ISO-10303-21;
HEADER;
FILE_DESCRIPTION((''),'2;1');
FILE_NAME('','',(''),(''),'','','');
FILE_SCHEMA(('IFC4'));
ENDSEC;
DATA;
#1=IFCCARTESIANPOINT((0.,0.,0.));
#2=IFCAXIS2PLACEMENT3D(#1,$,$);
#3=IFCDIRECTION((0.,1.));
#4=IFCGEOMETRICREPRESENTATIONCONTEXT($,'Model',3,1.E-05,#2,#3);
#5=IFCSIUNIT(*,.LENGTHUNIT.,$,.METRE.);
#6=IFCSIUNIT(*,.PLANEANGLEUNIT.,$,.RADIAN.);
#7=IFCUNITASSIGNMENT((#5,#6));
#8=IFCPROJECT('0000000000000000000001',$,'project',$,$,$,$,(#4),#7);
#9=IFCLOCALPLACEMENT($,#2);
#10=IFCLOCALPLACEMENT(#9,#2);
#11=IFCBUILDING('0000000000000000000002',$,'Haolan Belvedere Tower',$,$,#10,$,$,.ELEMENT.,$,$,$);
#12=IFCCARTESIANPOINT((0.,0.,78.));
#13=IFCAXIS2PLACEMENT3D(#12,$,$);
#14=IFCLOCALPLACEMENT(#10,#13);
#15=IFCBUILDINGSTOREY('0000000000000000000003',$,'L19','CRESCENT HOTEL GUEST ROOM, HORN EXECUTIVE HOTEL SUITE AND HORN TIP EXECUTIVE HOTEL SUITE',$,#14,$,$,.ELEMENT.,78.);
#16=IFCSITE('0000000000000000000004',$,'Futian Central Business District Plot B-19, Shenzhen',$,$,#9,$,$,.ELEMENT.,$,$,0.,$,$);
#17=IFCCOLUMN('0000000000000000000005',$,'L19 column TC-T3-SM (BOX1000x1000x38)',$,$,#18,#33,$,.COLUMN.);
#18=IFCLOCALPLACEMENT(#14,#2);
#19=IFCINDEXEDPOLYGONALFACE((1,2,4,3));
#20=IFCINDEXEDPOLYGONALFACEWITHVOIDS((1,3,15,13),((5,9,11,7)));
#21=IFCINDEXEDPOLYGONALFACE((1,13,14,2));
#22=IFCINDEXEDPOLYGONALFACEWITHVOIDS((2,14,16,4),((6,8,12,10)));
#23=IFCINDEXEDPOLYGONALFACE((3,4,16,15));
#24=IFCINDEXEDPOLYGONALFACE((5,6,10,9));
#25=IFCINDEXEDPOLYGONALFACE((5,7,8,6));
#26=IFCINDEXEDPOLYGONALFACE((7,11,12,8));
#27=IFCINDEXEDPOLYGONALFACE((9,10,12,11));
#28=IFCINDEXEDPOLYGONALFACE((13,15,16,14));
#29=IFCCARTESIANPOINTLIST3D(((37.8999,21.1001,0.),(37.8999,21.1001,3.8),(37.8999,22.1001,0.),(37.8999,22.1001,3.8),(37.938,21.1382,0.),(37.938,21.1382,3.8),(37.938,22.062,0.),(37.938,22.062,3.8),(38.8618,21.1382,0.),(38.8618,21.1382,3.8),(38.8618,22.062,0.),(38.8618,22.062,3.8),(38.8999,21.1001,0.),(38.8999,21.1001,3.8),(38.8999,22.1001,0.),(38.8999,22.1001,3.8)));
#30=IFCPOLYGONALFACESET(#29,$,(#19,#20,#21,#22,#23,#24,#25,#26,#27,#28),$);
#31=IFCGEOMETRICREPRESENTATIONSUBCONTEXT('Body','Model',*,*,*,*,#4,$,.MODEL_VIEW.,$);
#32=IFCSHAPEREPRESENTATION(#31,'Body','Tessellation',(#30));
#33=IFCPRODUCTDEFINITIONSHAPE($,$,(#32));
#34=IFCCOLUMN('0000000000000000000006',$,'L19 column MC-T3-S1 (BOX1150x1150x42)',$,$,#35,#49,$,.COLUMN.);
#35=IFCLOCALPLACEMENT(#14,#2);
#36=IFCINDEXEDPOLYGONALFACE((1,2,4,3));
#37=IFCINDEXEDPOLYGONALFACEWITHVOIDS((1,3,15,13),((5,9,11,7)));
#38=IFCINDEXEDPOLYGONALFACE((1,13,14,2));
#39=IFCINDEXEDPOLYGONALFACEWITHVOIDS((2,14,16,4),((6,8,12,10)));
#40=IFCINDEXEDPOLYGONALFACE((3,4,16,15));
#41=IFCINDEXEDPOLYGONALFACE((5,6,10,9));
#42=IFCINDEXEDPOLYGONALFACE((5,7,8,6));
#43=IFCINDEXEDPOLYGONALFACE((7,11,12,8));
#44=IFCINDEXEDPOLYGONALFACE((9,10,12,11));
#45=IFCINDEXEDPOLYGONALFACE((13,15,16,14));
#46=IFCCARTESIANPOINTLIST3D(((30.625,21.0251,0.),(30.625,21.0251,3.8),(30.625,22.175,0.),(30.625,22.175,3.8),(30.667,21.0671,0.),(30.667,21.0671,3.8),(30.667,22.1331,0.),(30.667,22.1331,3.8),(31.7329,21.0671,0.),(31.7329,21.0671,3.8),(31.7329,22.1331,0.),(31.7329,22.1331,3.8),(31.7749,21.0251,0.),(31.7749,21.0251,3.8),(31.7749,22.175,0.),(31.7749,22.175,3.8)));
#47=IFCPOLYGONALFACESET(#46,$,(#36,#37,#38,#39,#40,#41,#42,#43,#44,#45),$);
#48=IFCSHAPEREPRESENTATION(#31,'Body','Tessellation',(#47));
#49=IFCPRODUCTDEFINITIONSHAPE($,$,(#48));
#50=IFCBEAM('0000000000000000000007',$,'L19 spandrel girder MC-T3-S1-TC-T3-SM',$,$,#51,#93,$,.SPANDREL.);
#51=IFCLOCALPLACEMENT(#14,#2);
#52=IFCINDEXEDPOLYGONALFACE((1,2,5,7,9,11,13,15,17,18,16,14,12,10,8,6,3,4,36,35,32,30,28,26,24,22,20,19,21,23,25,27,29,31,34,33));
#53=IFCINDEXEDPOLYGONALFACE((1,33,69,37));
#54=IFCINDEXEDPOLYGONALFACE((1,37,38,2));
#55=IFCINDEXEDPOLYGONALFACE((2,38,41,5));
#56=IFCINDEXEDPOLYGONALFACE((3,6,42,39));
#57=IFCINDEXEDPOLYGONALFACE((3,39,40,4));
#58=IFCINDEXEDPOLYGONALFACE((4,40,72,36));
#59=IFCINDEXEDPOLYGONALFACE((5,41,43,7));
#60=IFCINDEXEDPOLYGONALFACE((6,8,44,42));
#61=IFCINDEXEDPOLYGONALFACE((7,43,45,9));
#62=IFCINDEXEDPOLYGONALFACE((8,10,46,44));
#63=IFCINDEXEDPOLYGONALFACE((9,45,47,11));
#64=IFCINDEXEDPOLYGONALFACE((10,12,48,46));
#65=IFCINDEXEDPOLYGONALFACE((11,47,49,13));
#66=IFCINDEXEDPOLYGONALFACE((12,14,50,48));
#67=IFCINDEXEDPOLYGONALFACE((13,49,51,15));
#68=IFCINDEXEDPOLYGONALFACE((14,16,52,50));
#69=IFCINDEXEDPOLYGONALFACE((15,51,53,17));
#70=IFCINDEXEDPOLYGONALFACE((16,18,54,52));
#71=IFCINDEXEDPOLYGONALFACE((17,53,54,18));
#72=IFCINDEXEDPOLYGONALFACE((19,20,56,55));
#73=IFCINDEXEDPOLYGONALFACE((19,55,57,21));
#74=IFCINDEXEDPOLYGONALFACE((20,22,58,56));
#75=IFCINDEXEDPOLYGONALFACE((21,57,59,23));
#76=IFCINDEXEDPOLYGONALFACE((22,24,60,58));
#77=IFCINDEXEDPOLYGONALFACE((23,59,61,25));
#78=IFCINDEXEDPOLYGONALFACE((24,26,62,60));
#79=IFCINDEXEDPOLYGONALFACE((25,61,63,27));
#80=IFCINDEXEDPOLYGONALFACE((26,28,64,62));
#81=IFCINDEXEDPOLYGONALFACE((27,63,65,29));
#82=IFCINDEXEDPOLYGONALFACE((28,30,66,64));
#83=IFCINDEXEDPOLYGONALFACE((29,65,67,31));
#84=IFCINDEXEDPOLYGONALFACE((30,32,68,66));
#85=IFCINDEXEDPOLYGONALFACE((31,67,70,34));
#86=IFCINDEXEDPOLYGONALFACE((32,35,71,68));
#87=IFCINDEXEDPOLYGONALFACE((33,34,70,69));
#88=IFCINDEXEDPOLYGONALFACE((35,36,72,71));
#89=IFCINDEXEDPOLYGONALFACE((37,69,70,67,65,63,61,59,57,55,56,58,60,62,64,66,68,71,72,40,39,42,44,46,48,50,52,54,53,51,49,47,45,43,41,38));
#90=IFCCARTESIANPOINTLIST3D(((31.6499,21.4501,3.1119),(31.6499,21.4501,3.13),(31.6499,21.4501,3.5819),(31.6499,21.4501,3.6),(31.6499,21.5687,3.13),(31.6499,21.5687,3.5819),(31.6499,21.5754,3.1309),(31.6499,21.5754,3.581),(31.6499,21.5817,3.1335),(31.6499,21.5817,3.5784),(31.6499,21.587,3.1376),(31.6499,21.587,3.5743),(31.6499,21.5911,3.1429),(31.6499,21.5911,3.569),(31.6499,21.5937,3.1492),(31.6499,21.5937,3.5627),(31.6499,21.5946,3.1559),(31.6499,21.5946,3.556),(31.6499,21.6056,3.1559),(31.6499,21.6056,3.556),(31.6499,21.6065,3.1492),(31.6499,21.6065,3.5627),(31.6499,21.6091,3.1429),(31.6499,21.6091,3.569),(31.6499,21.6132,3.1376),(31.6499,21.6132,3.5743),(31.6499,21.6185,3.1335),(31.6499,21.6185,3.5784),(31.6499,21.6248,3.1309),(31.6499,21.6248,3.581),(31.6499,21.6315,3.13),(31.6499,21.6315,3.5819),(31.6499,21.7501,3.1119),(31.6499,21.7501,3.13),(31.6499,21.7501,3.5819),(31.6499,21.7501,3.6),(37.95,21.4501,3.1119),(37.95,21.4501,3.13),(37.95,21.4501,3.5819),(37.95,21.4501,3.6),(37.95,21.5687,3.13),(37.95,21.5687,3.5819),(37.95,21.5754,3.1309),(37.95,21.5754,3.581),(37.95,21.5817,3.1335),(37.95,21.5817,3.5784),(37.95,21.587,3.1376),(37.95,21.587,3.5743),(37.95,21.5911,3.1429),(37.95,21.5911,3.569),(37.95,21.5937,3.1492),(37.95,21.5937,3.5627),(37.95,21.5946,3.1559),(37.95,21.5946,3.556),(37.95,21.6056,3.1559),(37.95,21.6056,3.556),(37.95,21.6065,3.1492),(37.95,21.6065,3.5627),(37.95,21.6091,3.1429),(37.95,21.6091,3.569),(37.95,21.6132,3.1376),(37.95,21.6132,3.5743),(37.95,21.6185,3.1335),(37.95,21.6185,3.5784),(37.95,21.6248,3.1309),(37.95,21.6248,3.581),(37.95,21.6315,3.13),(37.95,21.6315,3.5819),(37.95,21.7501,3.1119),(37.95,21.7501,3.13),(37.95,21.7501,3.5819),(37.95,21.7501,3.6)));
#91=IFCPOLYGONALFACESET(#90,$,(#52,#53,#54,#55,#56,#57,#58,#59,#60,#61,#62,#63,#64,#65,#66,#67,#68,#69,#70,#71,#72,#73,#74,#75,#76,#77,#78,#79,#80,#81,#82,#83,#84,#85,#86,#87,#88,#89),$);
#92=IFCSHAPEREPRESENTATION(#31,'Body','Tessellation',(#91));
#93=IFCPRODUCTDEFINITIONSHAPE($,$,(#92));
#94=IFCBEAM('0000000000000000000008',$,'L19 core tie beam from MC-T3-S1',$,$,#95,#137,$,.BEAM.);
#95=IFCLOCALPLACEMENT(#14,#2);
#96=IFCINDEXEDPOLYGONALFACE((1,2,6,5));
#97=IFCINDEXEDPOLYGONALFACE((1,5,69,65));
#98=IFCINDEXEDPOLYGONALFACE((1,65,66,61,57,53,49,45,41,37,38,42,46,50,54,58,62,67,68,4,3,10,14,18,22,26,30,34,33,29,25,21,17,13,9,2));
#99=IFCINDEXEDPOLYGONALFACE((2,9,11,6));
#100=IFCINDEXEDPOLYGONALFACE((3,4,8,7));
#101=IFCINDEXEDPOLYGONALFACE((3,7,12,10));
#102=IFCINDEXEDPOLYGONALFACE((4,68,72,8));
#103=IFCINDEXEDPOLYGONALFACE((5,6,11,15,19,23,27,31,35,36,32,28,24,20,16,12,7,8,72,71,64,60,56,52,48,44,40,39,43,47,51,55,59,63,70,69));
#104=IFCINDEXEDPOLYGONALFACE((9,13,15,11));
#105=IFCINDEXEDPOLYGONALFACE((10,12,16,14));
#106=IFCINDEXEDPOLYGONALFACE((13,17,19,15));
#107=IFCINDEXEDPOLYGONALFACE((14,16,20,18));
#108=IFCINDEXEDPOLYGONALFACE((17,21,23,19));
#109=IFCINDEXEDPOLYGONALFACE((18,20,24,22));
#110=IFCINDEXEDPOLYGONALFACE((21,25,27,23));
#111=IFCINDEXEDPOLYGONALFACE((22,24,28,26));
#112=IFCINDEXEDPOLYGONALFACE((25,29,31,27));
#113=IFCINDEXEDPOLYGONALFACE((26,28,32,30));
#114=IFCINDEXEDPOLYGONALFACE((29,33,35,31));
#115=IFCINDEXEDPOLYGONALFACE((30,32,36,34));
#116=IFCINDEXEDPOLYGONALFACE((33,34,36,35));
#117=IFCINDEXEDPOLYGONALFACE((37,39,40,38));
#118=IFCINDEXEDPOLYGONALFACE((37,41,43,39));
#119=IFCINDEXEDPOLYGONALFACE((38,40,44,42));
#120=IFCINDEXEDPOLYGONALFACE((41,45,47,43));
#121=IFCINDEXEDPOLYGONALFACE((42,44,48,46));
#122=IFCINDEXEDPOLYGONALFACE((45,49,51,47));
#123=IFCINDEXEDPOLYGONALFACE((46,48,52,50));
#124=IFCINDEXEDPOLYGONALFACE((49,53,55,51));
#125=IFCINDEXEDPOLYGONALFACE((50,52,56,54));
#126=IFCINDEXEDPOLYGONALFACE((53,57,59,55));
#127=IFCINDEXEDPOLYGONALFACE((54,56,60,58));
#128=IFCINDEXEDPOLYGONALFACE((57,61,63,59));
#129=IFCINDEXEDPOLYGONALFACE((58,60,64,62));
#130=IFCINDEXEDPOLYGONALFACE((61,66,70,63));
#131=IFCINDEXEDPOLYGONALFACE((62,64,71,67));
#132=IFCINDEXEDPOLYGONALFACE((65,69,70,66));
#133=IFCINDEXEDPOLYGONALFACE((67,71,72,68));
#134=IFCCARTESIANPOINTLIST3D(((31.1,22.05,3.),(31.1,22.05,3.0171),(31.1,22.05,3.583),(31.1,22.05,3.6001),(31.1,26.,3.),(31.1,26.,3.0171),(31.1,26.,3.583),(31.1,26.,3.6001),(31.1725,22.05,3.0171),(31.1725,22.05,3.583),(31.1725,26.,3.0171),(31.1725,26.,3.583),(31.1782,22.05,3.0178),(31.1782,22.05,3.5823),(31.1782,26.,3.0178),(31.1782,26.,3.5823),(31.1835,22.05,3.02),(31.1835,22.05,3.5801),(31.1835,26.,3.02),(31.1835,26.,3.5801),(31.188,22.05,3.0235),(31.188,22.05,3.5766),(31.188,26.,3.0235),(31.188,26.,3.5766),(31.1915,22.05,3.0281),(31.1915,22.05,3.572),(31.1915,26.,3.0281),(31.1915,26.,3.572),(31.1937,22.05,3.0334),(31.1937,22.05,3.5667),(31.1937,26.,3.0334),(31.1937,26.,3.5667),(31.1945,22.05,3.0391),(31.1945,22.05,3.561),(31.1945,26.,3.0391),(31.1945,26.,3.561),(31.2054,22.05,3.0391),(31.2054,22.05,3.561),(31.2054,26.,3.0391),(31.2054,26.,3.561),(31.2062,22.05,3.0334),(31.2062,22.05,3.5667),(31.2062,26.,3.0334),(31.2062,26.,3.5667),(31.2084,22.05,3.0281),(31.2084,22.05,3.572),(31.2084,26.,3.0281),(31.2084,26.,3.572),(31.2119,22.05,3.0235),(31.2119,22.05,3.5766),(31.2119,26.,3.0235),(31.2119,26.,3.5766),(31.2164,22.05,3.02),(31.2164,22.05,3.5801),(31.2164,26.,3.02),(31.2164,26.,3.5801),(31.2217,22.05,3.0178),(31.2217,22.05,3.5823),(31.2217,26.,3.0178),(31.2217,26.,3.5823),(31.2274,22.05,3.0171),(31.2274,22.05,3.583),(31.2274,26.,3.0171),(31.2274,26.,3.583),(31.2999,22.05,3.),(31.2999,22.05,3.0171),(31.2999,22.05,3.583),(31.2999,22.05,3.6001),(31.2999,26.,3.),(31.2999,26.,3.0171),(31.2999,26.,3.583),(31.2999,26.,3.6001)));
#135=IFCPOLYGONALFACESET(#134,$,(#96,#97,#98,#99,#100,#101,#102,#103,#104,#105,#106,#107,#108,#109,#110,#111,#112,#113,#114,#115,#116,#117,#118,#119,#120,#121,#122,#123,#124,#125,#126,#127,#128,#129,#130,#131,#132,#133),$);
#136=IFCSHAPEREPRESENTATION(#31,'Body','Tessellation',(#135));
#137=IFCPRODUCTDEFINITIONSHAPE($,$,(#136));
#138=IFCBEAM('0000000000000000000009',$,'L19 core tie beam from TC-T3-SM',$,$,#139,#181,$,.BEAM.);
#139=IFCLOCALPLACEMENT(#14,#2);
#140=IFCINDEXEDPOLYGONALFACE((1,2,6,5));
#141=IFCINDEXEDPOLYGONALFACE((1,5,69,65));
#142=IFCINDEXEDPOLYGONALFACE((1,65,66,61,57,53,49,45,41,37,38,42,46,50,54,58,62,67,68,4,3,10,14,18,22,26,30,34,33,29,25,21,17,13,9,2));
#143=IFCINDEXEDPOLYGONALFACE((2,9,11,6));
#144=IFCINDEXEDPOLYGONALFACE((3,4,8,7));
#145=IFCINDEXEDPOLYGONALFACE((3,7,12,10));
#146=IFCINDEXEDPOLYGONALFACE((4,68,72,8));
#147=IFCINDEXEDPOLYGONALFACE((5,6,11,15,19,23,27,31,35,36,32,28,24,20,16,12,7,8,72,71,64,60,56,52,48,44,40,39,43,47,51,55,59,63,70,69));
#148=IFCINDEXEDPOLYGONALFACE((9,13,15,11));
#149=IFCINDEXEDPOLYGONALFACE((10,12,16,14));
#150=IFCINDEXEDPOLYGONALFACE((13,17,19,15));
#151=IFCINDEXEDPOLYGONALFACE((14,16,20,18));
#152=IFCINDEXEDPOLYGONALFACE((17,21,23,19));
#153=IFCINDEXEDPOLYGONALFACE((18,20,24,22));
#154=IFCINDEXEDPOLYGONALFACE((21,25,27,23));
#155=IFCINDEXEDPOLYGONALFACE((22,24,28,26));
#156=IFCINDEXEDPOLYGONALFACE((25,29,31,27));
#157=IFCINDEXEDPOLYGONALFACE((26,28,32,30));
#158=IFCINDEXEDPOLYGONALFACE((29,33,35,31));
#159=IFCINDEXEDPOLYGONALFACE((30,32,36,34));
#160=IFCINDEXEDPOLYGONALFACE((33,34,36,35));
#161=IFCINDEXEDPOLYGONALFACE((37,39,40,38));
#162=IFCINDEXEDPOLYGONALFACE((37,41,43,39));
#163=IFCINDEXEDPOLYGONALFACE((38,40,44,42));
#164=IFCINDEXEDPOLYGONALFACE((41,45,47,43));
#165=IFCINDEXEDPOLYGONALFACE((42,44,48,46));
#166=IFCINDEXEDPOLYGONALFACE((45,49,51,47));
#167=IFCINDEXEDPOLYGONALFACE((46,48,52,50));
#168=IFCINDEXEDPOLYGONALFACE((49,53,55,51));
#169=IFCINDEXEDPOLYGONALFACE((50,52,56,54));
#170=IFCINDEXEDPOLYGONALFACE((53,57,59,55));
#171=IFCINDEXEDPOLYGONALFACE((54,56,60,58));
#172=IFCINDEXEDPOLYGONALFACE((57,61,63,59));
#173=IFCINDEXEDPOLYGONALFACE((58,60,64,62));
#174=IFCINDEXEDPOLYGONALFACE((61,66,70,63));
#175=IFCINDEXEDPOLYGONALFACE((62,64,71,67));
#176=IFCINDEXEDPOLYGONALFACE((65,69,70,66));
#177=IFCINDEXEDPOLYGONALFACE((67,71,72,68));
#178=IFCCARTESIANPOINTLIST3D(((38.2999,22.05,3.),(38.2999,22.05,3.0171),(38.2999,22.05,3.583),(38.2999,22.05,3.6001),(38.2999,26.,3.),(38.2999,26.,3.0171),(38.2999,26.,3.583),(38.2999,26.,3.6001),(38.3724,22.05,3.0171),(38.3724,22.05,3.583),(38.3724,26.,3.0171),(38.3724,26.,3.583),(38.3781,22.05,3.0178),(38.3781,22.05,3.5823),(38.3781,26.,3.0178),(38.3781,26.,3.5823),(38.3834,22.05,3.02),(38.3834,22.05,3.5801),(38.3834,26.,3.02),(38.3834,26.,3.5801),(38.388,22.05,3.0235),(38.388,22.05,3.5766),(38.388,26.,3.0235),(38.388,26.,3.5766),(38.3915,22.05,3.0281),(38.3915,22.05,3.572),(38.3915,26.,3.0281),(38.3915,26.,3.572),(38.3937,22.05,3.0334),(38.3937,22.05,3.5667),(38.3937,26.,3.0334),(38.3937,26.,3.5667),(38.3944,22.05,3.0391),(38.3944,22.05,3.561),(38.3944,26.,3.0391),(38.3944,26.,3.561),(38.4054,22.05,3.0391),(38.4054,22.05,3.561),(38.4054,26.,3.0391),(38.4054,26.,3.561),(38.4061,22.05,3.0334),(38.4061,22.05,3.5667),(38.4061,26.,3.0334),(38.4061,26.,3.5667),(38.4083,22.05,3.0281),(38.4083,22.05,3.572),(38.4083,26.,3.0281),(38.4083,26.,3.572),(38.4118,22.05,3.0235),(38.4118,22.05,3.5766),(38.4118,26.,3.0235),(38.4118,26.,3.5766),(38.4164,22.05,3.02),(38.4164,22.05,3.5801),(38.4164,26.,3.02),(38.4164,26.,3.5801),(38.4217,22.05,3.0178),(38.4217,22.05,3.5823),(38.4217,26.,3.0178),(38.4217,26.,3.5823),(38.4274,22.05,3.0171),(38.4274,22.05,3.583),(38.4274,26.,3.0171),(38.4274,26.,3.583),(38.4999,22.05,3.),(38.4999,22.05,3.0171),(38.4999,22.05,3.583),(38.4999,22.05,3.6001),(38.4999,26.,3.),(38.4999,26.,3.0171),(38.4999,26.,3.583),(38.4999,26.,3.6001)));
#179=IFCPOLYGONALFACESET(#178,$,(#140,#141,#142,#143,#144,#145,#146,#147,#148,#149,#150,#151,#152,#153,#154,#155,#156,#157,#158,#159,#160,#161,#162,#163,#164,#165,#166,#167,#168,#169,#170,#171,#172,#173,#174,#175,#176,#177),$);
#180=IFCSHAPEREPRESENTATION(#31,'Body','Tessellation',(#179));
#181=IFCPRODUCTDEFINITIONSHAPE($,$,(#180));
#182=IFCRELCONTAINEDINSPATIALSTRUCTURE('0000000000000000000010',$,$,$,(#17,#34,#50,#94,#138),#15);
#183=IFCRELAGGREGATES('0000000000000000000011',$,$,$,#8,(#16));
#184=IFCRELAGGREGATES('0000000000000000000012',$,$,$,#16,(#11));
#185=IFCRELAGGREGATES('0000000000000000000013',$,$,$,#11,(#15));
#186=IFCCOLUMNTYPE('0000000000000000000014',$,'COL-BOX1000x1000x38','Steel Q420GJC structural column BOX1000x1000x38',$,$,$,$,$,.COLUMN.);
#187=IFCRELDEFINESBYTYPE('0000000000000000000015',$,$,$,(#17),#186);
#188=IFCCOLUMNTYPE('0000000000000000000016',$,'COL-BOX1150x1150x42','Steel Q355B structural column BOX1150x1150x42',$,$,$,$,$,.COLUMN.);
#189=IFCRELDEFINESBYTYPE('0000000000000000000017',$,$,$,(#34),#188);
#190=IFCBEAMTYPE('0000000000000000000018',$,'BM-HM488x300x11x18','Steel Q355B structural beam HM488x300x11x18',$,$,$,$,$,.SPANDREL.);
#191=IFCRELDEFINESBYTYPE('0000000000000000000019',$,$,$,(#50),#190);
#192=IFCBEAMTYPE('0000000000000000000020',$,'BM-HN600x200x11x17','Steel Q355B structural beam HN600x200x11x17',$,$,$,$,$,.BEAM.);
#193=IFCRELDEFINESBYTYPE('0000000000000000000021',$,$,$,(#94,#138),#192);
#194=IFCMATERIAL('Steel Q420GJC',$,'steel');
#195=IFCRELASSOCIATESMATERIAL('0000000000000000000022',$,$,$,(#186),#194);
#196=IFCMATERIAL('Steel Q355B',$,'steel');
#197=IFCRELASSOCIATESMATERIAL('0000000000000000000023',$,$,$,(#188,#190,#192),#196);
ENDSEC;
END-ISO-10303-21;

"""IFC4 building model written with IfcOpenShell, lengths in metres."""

from ifc_helpers import new_model, si_unit, direction, frame, origin, origin_2d, place, context, subcontext, project, spatial, hollow_rectangle, i_section, extrude, material, material_profile, profile_set, type_object, element, save


model = new_model("IFC4")

# Units and contexts
model_context = context("Model", 3, precision=1e-05, world=origin(), true_north=direction((0.0, 1.0)))
body_context = subcontext(model_context, "Body", "Model", "MODEL_VIEW")
ifc_project = project(units=[si_unit("LENGTHUNIT", "METRE"), si_unit("PLANEANGLEUNIT", "RADIAN")], contexts=[model_context])

# Site, building, storey
site_placement = place(None, origin())
site = spatial("IfcSite", under=ifc_project, at=site_placement, Name="Futian Central Business District Plot B-19, Shenzhen", CompositionType="ELEMENT", RefElevation=0.0)
building_placement = place(site_placement, origin())
building = spatial("IfcBuilding", under=site, at=building_placement, Name="Haolan Belvedere Tower", CompositionType="ELEMENT")
storey_placement = place(building_placement, frame((0.0, 0.0, 78.0)))
storey = spatial("IfcBuildingStorey", under=building, at=storey_placement, Name="L19", Description="CRESCENT HOTEL GUEST ROOM, HORN EXECUTIVE HOTEL SUITE AND HORN TIP EXECUTIVE HOTEL SUITE", CompositionType="ELEMENT", Elevation=78.0)

# Columns
ifc_material_1 = material(Name="Steel Q420GJC", Category="steel")
ifc_material_profile_1 = material_profile(ifc_material_1, hollow_rectangle(XDim=1.0, YDim=1.0, WallThickness=0.0381, at=origin_2d()), Name="Steel Q420GJC")
ifc_profile_set_1 = profile_set([ifc_material_profile_1], Name="Steel Q420GJC")
column_type_1 = type_object("IfcColumnType", Name="COL-BOX1000x1000x38", Description="Steel Q420GJC structural column BOX1000x1000x38", PredefinedType="COLUMN", material=ifc_profile_set_1)
column_1_placement = place(storey_placement, frame((38.3999, 21.6001, 0.0), z_axis=(0.0, 0.0, 1.0), x_axis=(1.0, 0.0, 0.0)))
element("IfcColumn", 1, at=column_1_placement, inside=storey, type_object=column_type_1, Name="L19 column TC-T3-SM (BOX1000x1000x38)", PredefinedType="COLUMN", context=body_context, shape_type="SweptSolid", body=[
    extrude(hollow_rectangle(XDim=1.0, YDim=1.0, WallThickness=0.0381, at=origin_2d()), origin(), (0.0, 0.0, 1.0), 3.8),
])
ifc_material_2 = material(Name="Steel Q355B", Category="steel")
ifc_material_profile_2 = material_profile(ifc_material_2, hollow_rectangle(XDim=1.1499, YDim=1.1499, WallThickness=0.042, at=origin_2d()), Name="Steel Q355B")
ifc_profile_set_2 = profile_set([ifc_material_profile_2], Name="Steel Q355B")
column_type_2 = type_object("IfcColumnType", Name="COL-BOX1150x1150x42", Description="Steel Q355B structural column BOX1150x1150x42", PredefinedType="COLUMN", material=ifc_profile_set_2)
column_2_placement = place(storey_placement, frame((31.2, 21.6001, 0.0), z_axis=(0.0, 0.0, 1.0), x_axis=(1.0, 0.0, 0.0)))
element("IfcColumn", 2, at=column_2_placement, inside=storey, type_object=column_type_2, Name="L19 column MC-T3-S1 (BOX1150x1150x42)", PredefinedType="COLUMN", context=body_context, shape_type="SweptSolid", body=[
    extrude(hollow_rectangle(XDim=1.1499, YDim=1.1499, WallThickness=0.042, at=origin_2d()), origin(), (0.0, 0.0, 1.0), 3.8),
])

# Beams
ifc_material_profile_3 = material_profile(ifc_material_2, i_section(OverallWidth=0.3, OverallDepth=0.488, WebThickness=0.011, FlangeThickness=0.0181, FilletRadius=0.0259, at=origin_2d()), Name="Steel Q355B")
ifc_profile_set_3 = profile_set([ifc_material_profile_3], Name="Steel Q355B")
beam_type_1 = type_object("IfcBeamType", Name="BM-HM488x300x11x18", Description="Steel Q355B structural beam HM488x300x11x18", PredefinedType="SPANDREL", material=ifc_profile_set_3)
beam_placement = place(storey_placement, frame((31.6499, 21.6001, 3.356), z_axis=(1.0, 0.0, 0.0), x_axis=(0.0, 1.0, 0.0)))
element("IfcBeam", 3, at=beam_placement, inside=storey, type_object=beam_type_1, Name="L19 spandrel girder MC-T3-S1-TC-T3-SM", PredefinedType="SPANDREL", context=body_context, shape_type="SweptSolid", body=[
    extrude(i_section(OverallWidth=0.3, OverallDepth=0.488, WebThickness=0.011, FlangeThickness=0.0181, FilletRadius=0.0259, at=origin_2d()), origin(), (0.0, 0.0, 1.0), 6.3),
])
ifc_material_profile_4 = material_profile(ifc_material_2, i_section(OverallWidth=0.2, OverallDepth=0.6001, WebThickness=0.011, FlangeThickness=0.0171, FilletRadius=0.022, at=origin_2d()), Name="Steel Q355B")
ifc_profile_set_4 = profile_set([ifc_material_profile_4], Name="Steel Q355B")
beam_type_2 = type_object("IfcBeamType", Name="BM-HN600x200x11x17", Description="Steel Q355B structural beam HN600x200x11x17", PredefinedType="BEAM", material=ifc_profile_set_4)
for number, where, z_axis, x_axis, name in (
    (4, (31.2, 22.05, 3.3), (0.0, 1.0, 0.0), (-1.0, 0.0, 0.0), "L19 core tie beam from MC-T3-S1"),
    (5, (38.3999, 22.05, 3.3), (0.0, 1.0, 0.0), (-1.0, 0.0, 0.0), "L19 core tie beam from TC-T3-SM"),
):
    element("IfcBeam", number, at=place(storey_placement, frame(where, z_axis=z_axis, x_axis=x_axis)), inside=storey, type_object=beam_type_2, Name=name, PredefinedType="BEAM", context=body_context, shape_type="SweptSolid", body=[
        extrude(i_section(OverallWidth=0.2, OverallDepth=0.6001, WebThickness=0.011, FlangeThickness=0.0171, FilletRadius=0.022, at=origin_2d()), origin(), (0.0, 0.0, 1.0), 3.95),
    ])

save(model, "model.ifc")
